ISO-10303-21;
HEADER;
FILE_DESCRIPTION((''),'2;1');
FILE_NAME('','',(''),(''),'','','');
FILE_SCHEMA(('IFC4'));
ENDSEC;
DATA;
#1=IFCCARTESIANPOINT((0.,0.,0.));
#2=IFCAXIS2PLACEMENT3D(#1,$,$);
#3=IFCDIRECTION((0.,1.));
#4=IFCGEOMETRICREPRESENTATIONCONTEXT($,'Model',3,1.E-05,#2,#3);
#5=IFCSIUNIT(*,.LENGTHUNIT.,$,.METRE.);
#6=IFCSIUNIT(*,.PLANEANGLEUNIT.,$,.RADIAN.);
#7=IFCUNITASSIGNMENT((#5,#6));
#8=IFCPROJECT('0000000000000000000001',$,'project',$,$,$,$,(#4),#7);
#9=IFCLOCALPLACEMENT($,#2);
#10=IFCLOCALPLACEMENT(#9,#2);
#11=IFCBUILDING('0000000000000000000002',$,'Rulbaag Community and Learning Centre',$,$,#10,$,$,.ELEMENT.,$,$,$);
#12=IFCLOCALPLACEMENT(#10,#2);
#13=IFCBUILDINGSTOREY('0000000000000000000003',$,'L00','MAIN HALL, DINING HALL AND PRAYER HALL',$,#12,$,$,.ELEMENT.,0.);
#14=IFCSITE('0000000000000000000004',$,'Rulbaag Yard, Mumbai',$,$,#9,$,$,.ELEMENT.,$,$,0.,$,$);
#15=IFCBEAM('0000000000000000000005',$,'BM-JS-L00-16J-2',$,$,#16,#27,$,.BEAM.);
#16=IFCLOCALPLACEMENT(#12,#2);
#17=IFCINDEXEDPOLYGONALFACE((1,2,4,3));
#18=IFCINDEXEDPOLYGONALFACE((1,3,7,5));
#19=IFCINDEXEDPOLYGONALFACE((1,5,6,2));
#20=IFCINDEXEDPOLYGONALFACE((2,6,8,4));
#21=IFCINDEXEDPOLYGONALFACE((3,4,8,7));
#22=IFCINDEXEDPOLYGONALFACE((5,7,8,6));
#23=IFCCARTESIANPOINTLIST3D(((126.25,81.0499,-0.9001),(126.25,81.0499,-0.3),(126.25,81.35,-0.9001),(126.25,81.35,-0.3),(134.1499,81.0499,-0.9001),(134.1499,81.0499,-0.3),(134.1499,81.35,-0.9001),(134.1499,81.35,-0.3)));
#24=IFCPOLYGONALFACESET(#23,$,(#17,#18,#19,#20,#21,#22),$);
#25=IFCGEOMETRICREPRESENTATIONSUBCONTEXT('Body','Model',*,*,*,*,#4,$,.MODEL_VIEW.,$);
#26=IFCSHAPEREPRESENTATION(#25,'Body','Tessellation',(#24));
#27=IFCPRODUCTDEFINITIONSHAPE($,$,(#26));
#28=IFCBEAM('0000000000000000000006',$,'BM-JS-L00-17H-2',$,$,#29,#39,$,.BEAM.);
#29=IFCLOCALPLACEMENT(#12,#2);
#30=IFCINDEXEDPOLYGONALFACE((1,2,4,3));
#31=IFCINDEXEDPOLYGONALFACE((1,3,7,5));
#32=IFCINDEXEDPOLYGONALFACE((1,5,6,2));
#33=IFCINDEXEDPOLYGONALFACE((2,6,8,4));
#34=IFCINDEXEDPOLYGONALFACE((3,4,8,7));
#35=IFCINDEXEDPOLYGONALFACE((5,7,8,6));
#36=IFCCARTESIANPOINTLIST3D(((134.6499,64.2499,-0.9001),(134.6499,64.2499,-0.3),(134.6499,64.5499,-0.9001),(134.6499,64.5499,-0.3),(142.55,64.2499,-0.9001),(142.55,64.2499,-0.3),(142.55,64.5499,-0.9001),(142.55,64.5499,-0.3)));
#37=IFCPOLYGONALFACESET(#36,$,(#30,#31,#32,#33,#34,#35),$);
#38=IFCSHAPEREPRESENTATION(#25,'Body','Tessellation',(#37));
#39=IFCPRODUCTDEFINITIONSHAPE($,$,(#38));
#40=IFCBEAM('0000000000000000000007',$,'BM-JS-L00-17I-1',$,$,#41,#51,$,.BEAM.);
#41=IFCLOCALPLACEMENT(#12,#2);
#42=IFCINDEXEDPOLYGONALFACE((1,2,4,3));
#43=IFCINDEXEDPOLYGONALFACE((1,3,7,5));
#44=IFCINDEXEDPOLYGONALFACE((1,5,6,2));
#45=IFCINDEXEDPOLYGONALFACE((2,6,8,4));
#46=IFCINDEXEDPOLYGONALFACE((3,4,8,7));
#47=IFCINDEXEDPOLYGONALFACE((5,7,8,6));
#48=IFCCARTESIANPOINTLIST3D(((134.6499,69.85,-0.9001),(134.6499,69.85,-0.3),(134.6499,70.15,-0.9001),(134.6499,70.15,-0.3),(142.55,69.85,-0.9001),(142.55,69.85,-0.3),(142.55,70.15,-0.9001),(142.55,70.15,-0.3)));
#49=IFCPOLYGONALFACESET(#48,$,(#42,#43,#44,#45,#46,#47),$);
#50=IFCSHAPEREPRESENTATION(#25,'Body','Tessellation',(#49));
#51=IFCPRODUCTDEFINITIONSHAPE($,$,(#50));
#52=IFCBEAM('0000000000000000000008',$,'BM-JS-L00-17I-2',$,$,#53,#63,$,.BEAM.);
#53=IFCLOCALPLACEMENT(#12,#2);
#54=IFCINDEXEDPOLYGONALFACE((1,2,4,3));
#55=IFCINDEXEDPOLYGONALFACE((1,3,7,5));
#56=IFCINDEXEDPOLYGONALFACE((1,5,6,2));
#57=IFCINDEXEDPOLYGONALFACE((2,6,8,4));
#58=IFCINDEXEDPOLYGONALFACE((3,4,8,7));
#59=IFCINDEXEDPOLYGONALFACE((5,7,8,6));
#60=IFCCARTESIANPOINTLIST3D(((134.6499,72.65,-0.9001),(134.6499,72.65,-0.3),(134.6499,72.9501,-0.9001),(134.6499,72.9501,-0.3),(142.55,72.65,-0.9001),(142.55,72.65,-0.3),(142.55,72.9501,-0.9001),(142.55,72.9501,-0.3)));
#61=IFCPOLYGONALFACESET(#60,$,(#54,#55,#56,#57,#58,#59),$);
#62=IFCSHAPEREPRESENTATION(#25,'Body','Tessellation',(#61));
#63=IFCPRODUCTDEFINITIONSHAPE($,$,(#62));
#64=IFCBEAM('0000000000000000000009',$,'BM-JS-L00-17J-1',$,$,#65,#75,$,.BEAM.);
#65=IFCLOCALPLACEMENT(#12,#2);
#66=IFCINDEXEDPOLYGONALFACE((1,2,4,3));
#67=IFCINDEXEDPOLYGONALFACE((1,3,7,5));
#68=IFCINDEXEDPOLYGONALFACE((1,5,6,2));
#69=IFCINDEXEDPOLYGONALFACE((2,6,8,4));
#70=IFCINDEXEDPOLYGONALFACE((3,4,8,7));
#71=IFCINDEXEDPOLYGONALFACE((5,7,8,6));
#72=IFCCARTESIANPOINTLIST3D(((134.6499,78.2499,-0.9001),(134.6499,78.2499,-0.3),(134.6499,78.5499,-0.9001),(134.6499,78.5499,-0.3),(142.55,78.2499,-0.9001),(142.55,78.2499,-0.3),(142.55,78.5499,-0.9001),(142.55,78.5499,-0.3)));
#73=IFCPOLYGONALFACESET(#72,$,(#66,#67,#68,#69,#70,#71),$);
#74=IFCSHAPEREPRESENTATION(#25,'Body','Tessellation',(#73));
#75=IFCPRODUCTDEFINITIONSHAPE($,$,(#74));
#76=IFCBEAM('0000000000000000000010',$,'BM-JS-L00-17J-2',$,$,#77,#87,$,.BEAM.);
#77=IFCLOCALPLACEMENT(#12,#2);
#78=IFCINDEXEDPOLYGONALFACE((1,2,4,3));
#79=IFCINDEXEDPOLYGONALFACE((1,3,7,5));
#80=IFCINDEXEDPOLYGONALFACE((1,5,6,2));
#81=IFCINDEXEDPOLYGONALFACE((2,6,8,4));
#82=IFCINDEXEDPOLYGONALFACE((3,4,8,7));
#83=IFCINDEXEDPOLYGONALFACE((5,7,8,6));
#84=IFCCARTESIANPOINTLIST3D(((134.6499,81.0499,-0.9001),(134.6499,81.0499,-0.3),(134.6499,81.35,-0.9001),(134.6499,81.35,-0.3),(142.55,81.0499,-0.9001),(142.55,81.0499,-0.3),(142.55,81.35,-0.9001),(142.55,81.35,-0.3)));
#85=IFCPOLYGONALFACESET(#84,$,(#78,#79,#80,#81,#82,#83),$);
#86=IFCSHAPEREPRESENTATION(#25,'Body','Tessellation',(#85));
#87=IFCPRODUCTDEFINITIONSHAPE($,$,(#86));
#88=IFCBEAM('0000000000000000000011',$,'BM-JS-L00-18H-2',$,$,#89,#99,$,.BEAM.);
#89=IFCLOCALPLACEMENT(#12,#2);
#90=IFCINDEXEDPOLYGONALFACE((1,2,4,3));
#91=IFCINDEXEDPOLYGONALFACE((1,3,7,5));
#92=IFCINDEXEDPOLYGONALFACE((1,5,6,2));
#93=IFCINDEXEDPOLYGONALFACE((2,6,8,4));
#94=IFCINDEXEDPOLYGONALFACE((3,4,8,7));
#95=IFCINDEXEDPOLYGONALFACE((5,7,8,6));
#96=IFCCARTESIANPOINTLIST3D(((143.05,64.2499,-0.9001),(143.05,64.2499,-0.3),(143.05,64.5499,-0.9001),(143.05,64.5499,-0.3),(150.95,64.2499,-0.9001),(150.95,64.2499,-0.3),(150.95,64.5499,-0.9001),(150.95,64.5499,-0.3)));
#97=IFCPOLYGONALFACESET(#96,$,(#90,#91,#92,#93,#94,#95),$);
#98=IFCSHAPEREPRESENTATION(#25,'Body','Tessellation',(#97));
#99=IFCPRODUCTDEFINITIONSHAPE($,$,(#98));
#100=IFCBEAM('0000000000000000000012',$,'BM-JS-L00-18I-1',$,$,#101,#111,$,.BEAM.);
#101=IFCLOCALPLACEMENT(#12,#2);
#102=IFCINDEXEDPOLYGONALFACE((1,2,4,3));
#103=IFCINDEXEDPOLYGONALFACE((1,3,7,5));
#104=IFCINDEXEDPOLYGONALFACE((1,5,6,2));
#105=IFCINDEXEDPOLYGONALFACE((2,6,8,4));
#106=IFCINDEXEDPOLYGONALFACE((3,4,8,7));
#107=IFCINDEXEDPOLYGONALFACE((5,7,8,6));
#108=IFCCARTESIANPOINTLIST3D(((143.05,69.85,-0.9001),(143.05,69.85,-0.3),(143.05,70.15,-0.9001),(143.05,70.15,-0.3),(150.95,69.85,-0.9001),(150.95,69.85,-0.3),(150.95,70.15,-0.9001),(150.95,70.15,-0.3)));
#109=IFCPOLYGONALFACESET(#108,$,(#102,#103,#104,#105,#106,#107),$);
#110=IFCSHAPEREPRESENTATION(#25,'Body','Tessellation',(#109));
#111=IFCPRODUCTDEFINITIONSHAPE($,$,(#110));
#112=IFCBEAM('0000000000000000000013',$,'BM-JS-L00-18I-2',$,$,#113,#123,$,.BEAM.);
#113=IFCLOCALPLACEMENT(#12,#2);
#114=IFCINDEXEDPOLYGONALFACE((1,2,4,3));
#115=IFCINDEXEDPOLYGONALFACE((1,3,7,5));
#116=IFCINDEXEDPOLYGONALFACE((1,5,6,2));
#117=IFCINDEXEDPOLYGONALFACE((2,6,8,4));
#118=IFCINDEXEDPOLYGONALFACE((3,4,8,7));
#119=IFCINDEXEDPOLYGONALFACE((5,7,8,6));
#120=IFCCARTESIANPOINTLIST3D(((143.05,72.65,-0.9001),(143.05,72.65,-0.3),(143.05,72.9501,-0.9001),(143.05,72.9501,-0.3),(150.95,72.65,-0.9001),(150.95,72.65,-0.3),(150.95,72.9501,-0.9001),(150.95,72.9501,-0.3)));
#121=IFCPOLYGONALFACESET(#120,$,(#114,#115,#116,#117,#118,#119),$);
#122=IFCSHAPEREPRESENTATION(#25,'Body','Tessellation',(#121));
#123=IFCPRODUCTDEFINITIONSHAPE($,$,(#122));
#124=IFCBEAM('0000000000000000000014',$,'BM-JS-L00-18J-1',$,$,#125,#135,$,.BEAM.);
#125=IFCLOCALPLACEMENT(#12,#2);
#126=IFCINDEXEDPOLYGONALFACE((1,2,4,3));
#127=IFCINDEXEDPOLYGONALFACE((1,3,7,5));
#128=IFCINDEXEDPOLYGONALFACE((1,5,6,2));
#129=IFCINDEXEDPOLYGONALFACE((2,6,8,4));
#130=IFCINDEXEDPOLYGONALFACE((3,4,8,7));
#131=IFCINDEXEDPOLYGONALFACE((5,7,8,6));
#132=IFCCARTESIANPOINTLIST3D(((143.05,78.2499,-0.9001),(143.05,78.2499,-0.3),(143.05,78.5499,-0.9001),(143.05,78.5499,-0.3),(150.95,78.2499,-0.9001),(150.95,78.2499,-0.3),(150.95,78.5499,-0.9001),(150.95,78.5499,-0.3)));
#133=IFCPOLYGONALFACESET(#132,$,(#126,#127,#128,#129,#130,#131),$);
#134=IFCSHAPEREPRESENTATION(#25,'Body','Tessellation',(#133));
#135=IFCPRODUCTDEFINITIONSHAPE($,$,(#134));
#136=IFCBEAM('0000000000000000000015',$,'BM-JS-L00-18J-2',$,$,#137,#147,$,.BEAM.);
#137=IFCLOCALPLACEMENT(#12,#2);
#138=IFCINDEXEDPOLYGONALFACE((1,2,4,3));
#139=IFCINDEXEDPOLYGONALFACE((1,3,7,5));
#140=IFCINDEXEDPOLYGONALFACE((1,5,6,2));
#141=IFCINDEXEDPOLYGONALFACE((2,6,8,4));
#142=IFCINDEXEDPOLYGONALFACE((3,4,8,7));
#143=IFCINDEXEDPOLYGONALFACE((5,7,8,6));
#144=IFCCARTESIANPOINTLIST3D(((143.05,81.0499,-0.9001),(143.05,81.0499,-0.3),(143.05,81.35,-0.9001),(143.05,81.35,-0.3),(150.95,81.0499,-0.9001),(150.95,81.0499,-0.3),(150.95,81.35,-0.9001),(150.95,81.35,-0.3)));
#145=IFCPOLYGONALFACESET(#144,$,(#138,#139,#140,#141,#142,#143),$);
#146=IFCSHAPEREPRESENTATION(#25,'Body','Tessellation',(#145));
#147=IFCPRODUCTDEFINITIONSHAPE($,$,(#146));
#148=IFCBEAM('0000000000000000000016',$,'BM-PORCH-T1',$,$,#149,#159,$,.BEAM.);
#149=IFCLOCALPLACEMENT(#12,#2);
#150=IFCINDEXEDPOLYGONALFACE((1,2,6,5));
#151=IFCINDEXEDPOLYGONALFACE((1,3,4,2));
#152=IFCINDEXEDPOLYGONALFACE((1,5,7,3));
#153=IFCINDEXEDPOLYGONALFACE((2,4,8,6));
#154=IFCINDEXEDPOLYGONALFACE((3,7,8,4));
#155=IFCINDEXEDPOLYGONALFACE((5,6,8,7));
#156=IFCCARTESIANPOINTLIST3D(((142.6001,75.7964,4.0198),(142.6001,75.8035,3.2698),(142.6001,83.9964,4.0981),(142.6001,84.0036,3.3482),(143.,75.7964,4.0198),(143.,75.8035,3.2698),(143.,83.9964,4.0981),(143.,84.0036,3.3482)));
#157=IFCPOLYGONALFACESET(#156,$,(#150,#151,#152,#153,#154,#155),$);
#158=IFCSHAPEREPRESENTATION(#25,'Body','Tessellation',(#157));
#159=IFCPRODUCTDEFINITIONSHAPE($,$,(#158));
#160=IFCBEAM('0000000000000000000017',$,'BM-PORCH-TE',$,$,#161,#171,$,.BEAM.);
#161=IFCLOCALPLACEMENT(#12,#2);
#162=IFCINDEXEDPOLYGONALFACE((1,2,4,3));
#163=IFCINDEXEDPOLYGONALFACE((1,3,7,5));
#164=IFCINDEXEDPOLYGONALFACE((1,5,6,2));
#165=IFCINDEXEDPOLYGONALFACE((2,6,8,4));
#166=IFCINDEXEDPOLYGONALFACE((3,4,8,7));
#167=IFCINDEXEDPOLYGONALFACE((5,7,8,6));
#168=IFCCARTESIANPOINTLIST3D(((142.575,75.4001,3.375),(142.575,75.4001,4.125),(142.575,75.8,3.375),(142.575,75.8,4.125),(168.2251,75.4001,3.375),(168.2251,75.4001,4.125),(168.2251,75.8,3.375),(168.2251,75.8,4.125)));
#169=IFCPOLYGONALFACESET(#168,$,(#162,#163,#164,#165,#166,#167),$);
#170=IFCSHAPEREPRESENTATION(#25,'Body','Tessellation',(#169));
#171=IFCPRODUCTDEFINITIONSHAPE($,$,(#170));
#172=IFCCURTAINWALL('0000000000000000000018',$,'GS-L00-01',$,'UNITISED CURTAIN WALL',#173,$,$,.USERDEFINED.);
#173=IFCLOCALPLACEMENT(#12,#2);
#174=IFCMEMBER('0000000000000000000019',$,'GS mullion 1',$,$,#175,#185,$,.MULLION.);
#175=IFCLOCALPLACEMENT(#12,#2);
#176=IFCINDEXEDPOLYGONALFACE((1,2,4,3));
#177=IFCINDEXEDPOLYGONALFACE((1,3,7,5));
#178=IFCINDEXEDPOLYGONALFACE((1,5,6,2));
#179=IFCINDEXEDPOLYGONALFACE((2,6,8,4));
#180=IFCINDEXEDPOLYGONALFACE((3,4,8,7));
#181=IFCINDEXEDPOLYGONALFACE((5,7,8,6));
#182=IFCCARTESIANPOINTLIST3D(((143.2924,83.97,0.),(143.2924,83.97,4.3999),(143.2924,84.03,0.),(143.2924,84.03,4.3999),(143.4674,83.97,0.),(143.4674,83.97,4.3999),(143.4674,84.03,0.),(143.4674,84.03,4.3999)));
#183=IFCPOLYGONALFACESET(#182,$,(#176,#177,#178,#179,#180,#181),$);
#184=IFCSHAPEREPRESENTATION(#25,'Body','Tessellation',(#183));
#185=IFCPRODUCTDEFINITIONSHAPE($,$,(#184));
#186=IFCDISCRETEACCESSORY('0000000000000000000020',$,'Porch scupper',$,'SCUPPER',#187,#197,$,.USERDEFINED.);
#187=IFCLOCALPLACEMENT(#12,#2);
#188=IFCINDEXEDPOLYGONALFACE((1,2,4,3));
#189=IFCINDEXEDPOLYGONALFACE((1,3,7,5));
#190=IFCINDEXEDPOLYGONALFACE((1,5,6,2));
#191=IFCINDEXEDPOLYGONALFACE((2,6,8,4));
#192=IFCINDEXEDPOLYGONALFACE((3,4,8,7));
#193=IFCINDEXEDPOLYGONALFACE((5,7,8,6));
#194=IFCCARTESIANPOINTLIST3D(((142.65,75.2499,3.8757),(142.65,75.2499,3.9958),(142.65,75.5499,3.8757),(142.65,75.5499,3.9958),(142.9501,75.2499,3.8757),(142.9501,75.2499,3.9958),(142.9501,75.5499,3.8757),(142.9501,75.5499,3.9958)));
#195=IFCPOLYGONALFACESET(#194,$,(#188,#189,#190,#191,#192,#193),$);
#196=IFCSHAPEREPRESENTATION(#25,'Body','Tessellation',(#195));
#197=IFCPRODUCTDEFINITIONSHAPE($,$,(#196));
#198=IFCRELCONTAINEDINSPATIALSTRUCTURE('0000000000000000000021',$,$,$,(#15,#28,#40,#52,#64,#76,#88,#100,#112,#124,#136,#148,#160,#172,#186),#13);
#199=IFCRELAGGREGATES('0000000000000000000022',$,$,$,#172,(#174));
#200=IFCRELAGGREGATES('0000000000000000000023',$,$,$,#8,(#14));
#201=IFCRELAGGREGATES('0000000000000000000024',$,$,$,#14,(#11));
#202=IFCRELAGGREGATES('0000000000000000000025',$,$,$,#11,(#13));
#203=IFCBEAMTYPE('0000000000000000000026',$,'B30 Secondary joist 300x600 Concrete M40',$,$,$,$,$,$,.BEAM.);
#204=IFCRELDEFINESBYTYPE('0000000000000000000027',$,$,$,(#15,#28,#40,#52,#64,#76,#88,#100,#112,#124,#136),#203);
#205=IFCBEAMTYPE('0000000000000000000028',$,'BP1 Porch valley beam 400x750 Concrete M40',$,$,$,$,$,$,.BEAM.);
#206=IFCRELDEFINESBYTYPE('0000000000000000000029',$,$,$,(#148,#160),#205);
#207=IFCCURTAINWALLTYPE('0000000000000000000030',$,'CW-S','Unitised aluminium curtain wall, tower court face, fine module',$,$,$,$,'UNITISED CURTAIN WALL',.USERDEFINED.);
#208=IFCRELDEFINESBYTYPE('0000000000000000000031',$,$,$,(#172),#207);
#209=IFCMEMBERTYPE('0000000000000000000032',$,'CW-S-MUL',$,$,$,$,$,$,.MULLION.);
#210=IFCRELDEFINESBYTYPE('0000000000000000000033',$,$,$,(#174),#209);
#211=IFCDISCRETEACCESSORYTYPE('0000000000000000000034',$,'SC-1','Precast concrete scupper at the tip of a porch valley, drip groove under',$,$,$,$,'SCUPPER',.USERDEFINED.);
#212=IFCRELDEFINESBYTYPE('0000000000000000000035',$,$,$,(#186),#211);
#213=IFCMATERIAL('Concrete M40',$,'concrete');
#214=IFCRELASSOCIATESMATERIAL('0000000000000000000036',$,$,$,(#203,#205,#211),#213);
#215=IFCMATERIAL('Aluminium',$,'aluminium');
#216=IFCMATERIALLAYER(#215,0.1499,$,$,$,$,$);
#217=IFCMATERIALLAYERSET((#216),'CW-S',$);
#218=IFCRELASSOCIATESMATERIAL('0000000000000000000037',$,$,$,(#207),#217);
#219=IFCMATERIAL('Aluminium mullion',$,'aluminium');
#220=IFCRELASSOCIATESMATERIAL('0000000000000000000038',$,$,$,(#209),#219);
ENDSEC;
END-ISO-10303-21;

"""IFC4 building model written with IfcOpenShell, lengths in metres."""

from ifc_helpers import new_model, si_unit, direction, frame, origin, origin_2d, place, context, subcontext, project, spatial, rectangle, extrude, material, layer, layer_set, material_profile, profile_set, type_object, element, aggregate, save


model = new_model("IFC4")

# Units and contexts
model_context = context("Model", 3, precision=1e-05, world=origin(), true_north=direction((0.0, 1.0)))
body_context = subcontext(model_context, "Body", "Model", "MODEL_VIEW")
ifc_project = project(units=[si_unit("LENGTHUNIT", "METRE"), si_unit("PLANEANGLEUNIT", "RADIAN")], contexts=[model_context])

# Site, building, storey
site_placement = place(None, origin())
site = spatial("IfcSite", under=ifc_project, at=site_placement, Name="Rulbaag Yard, Mumbai", CompositionType="ELEMENT", RefElevation=0.0)
building_placement = place(site_placement, origin())
building = spatial("IfcBuilding", under=site, at=building_placement, Name="Rulbaag Community and Learning Centre", CompositionType="ELEMENT")
storey_placement = place(building_placement, origin())
storey = spatial("IfcBuildingStorey", under=building, at=storey_placement, Name="L00", Description="MAIN HALL, DINING HALL AND PRAYER HALL", CompositionType="ELEMENT", Elevation=0.0)

# Shared definitions
ifc_material_1 = material(Name="Concrete M40", Category="concrete")

# Beams
ifc_material_profile_1 = material_profile(ifc_material_1, rectangle(XDim=0.3, YDim=0.6001, at=origin_2d()), Name="RB300x600")
ifc_profile_set_1 = profile_set([ifc_material_profile_1], Name="Concrete M40")
beam_type_1 = type_object("IfcBeamType", Name="B30 Secondary joist 300x600 Concrete M40", PredefinedType="BEAM", material=ifc_profile_set_1)
for number, where, z_axis, x_axis, name in (
    (1, (126.25, 81.2, -0.6001), (1.0, 0.0, 0.0), (0.0, 1.0, 0.0), "BM-JS-L00-16J-2"),
):
    element("IfcBeam", number, at=place(storey_placement, frame(where, z_axis=z_axis, x_axis=x_axis)), inside=storey, type_object=beam_type_1, Name=name, PredefinedType="BEAM", context=body_context, shape_type="SweptSolid", body=[
        extrude(rectangle(XDim=0.3, YDim=0.6001, at=origin_2d()), origin(), (0.0, 0.0, 1.0), 7.8999),
    ])
for number, where, z_axis, x_axis, name in (
    (2, (134.6499, 64.3999, -0.6001), (1.0, 0.0, 0.0), (0.0, 1.0, 0.0), "BM-JS-L00-17H-2"),
    (3, (134.6499, 70.0, -0.6001), (1.0, 0.0, 0.0), (0.0, 1.0, 0.0), "BM-JS-L00-17I-1"),
    (4, (134.6499, 72.8, -0.6001), (1.0, 0.0, 0.0), (0.0, 1.0, 0.0), "BM-JS-L00-17I-2"),
    (5, (134.6499, 78.3999, -0.6001), (1.0, 0.0, 0.0), (0.0, 1.0, 0.0), "BM-JS-L00-17J-1"),
    (6, (134.6499, 81.2, -0.6001), (1.0, 0.0, 0.0), (0.0, 1.0, 0.0), "BM-JS-L00-17J-2"),
):
    element("IfcBeam", number, at=place(storey_placement, frame(where, z_axis=z_axis, x_axis=x_axis)), inside=storey, type_object=beam_type_1, Name=name, PredefinedType="BEAM", context=body_context, shape_type="SweptSolid", body=[
        extrude(rectangle(XDim=0.3, YDim=0.6001, at=origin_2d()), origin(), (0.0, 0.0, 1.0), 7.9001),
    ])
for number, where, z_axis, x_axis, name in (
    (7, (143.05, 64.3999, -0.6001), (1.0, 0.0, 0.0), (0.0, 1.0, 0.0), "BM-JS-L00-18H-2"),
    (8, (143.05, 70.0, -0.6001), (1.0, 0.0, 0.0), (0.0, 1.0, 0.0), "BM-JS-L00-18I-1"),
    (9, (143.05, 72.8, -0.6001), (1.0, 0.0, 0.0), (0.0, 1.0, 0.0), "BM-JS-L00-18I-2"),
    (10, (143.05, 78.3999, -0.6001), (1.0, 0.0, 0.0), (0.0, 1.0, 0.0), "BM-JS-L00-18J-1"),
    (11, (143.05, 81.2, -0.6001), (1.0, 0.0, 0.0), (0.0, 1.0, 0.0), "BM-JS-L00-18J-2"),
):
    element("IfcBeam", number, at=place(storey_placement, frame(where, z_axis=z_axis, x_axis=x_axis)), inside=storey, type_object=beam_type_1, Name=name, PredefinedType="BEAM", context=body_context, shape_type="SweptSolid", body=[
        extrude(rectangle(XDim=0.3, YDim=0.6001, at=origin_2d()), origin(), (0.0, 0.0, 1.0), 7.8999),
    ])
ifc_material_profile_2 = material_profile(ifc_material_1, rectangle(XDim=0.3999, YDim=0.75, at=origin_2d()), Name="RB400x750")
ifc_profile_set_2 = profile_set([ifc_material_profile_2], Name="Concrete M40")
beam_type_2 = type_object("IfcBeamType", Name="BP1 Porch valley beam 400x750 Concrete M40", PredefinedType="BEAM", material=ifc_profile_set_2)
beam_1_placement = place(storey_placement, frame((142.8, 84.0, 3.7231), z_axis=(0.0, -0.999954, -0.009557), x_axis=(1.0, 0.0, 0.0)))
element("IfcBeam", 12, at=beam_1_placement, inside=storey, type_object=beam_type_2, Name="BM-PORCH-T1", PredefinedType="BEAM", context=body_context, shape_type="SweptSolid", body=[
    extrude(rectangle(XDim=0.3999, YDim=0.75, at=origin_2d()), origin(), (0.0, 0.0, 1.0), 8.2004),
])
beam_2_placement = place(storey_placement, frame((142.575, 75.6001, 3.75), z_axis=(1.0, 0.0, 0.0), x_axis=(0.0, 1.0, 0.0)))
element("IfcBeam", 13, at=beam_2_placement, inside=storey, type_object=beam_type_2, Name="BM-PORCH-TE", PredefinedType="BEAM", context=body_context, shape_type="SweptSolid", body=[
    extrude(rectangle(XDim=0.3999, YDim=0.75, at=origin_2d()), origin(), (0.0, 0.0, 1.0), 25.6501),
])

# Curtain wall, member
ifc_material_2 = material(Name="Aluminium", Category="aluminium")
ifc_layer = layer(ifc_material_2, 0.1499)
ifc_layer_set = layer_set([ifc_layer], Name="CW-S")
curtain_wall_type = type_object("IfcCurtainWallType", Name="CW-S", Description="Unitised aluminium curtain wall, tower court face, fine module", ElementType="UNITISED CURTAIN WALL", PredefinedType="USERDEFINED", material=ifc_layer_set)
curtain_wall_placement = place(storey_placement, origin())
curtain_wall = element("IfcCurtainWall", 14, at=curtain_wall_placement, inside=storey, type_object=curtain_wall_type, Name="GS-L00-01", ObjectType="UNITISED CURTAIN WALL", PredefinedType="USERDEFINED")
ifc_material_3 = material(Name="Aluminium mullion", Category="aluminium")
ifc_material_profile_3 = material_profile(ifc_material_3, rectangle(XDim=0.0601, YDim=0.175, at=origin_2d()), Name="AL 60x175")
ifc_profile_set_3 = profile_set([ifc_material_profile_3], Name="Aluminium mullion")
member_type = type_object("IfcMemberType", Name="CW-S-MUL", PredefinedType="MULLION", material=ifc_profile_set_3)
member_placement = place(storey_placement, frame((143.3799, 84.0, 0.0), z_axis=(0.0, 0.0, 1.0), x_axis=(0.0, 1.0, 0.0)))
member = element("IfcMember", 15, at=member_placement, type_object=member_type, Name="GS mullion 1", PredefinedType="MULLION", context=body_context, shape_type="SweptSolid", body=[
    extrude(rectangle(XDim=0.0601, YDim=0.175, at=origin_2d()), origin(), (0.0, 0.0, 1.0), 4.3999),
])
aggregate(curtain_wall, [member])

# Discrete accessory
discrete_accessory_type = type_object("IfcDiscreteAccessoryType", Name="SC-1", Description="Precast concrete scupper at the tip of a porch valley, drip groove under", ElementType="SCUPPER", PredefinedType="USERDEFINED", material=ifc_material_1)
discrete_accessory_placement = place(storey_placement, frame((142.8, 75.3999, 3.8757), z_axis=(0.0, 0.0, 1.0), x_axis=(1.0, 0.0, 0.0)))
element("IfcDiscreteAccessory", 16, at=discrete_accessory_placement, inside=storey, type_object=discrete_accessory_type, Name="Porch scupper", ObjectType="SCUPPER", PredefinedType="USERDEFINED", context=body_context, shape_type="SweptSolid", body=[
    extrude(rectangle(XDim=0.3, YDim=0.3, at=origin_2d()), origin(), (0.0, 0.0, 1.0), 0.1201),
])

save(model, "model.ifc")
